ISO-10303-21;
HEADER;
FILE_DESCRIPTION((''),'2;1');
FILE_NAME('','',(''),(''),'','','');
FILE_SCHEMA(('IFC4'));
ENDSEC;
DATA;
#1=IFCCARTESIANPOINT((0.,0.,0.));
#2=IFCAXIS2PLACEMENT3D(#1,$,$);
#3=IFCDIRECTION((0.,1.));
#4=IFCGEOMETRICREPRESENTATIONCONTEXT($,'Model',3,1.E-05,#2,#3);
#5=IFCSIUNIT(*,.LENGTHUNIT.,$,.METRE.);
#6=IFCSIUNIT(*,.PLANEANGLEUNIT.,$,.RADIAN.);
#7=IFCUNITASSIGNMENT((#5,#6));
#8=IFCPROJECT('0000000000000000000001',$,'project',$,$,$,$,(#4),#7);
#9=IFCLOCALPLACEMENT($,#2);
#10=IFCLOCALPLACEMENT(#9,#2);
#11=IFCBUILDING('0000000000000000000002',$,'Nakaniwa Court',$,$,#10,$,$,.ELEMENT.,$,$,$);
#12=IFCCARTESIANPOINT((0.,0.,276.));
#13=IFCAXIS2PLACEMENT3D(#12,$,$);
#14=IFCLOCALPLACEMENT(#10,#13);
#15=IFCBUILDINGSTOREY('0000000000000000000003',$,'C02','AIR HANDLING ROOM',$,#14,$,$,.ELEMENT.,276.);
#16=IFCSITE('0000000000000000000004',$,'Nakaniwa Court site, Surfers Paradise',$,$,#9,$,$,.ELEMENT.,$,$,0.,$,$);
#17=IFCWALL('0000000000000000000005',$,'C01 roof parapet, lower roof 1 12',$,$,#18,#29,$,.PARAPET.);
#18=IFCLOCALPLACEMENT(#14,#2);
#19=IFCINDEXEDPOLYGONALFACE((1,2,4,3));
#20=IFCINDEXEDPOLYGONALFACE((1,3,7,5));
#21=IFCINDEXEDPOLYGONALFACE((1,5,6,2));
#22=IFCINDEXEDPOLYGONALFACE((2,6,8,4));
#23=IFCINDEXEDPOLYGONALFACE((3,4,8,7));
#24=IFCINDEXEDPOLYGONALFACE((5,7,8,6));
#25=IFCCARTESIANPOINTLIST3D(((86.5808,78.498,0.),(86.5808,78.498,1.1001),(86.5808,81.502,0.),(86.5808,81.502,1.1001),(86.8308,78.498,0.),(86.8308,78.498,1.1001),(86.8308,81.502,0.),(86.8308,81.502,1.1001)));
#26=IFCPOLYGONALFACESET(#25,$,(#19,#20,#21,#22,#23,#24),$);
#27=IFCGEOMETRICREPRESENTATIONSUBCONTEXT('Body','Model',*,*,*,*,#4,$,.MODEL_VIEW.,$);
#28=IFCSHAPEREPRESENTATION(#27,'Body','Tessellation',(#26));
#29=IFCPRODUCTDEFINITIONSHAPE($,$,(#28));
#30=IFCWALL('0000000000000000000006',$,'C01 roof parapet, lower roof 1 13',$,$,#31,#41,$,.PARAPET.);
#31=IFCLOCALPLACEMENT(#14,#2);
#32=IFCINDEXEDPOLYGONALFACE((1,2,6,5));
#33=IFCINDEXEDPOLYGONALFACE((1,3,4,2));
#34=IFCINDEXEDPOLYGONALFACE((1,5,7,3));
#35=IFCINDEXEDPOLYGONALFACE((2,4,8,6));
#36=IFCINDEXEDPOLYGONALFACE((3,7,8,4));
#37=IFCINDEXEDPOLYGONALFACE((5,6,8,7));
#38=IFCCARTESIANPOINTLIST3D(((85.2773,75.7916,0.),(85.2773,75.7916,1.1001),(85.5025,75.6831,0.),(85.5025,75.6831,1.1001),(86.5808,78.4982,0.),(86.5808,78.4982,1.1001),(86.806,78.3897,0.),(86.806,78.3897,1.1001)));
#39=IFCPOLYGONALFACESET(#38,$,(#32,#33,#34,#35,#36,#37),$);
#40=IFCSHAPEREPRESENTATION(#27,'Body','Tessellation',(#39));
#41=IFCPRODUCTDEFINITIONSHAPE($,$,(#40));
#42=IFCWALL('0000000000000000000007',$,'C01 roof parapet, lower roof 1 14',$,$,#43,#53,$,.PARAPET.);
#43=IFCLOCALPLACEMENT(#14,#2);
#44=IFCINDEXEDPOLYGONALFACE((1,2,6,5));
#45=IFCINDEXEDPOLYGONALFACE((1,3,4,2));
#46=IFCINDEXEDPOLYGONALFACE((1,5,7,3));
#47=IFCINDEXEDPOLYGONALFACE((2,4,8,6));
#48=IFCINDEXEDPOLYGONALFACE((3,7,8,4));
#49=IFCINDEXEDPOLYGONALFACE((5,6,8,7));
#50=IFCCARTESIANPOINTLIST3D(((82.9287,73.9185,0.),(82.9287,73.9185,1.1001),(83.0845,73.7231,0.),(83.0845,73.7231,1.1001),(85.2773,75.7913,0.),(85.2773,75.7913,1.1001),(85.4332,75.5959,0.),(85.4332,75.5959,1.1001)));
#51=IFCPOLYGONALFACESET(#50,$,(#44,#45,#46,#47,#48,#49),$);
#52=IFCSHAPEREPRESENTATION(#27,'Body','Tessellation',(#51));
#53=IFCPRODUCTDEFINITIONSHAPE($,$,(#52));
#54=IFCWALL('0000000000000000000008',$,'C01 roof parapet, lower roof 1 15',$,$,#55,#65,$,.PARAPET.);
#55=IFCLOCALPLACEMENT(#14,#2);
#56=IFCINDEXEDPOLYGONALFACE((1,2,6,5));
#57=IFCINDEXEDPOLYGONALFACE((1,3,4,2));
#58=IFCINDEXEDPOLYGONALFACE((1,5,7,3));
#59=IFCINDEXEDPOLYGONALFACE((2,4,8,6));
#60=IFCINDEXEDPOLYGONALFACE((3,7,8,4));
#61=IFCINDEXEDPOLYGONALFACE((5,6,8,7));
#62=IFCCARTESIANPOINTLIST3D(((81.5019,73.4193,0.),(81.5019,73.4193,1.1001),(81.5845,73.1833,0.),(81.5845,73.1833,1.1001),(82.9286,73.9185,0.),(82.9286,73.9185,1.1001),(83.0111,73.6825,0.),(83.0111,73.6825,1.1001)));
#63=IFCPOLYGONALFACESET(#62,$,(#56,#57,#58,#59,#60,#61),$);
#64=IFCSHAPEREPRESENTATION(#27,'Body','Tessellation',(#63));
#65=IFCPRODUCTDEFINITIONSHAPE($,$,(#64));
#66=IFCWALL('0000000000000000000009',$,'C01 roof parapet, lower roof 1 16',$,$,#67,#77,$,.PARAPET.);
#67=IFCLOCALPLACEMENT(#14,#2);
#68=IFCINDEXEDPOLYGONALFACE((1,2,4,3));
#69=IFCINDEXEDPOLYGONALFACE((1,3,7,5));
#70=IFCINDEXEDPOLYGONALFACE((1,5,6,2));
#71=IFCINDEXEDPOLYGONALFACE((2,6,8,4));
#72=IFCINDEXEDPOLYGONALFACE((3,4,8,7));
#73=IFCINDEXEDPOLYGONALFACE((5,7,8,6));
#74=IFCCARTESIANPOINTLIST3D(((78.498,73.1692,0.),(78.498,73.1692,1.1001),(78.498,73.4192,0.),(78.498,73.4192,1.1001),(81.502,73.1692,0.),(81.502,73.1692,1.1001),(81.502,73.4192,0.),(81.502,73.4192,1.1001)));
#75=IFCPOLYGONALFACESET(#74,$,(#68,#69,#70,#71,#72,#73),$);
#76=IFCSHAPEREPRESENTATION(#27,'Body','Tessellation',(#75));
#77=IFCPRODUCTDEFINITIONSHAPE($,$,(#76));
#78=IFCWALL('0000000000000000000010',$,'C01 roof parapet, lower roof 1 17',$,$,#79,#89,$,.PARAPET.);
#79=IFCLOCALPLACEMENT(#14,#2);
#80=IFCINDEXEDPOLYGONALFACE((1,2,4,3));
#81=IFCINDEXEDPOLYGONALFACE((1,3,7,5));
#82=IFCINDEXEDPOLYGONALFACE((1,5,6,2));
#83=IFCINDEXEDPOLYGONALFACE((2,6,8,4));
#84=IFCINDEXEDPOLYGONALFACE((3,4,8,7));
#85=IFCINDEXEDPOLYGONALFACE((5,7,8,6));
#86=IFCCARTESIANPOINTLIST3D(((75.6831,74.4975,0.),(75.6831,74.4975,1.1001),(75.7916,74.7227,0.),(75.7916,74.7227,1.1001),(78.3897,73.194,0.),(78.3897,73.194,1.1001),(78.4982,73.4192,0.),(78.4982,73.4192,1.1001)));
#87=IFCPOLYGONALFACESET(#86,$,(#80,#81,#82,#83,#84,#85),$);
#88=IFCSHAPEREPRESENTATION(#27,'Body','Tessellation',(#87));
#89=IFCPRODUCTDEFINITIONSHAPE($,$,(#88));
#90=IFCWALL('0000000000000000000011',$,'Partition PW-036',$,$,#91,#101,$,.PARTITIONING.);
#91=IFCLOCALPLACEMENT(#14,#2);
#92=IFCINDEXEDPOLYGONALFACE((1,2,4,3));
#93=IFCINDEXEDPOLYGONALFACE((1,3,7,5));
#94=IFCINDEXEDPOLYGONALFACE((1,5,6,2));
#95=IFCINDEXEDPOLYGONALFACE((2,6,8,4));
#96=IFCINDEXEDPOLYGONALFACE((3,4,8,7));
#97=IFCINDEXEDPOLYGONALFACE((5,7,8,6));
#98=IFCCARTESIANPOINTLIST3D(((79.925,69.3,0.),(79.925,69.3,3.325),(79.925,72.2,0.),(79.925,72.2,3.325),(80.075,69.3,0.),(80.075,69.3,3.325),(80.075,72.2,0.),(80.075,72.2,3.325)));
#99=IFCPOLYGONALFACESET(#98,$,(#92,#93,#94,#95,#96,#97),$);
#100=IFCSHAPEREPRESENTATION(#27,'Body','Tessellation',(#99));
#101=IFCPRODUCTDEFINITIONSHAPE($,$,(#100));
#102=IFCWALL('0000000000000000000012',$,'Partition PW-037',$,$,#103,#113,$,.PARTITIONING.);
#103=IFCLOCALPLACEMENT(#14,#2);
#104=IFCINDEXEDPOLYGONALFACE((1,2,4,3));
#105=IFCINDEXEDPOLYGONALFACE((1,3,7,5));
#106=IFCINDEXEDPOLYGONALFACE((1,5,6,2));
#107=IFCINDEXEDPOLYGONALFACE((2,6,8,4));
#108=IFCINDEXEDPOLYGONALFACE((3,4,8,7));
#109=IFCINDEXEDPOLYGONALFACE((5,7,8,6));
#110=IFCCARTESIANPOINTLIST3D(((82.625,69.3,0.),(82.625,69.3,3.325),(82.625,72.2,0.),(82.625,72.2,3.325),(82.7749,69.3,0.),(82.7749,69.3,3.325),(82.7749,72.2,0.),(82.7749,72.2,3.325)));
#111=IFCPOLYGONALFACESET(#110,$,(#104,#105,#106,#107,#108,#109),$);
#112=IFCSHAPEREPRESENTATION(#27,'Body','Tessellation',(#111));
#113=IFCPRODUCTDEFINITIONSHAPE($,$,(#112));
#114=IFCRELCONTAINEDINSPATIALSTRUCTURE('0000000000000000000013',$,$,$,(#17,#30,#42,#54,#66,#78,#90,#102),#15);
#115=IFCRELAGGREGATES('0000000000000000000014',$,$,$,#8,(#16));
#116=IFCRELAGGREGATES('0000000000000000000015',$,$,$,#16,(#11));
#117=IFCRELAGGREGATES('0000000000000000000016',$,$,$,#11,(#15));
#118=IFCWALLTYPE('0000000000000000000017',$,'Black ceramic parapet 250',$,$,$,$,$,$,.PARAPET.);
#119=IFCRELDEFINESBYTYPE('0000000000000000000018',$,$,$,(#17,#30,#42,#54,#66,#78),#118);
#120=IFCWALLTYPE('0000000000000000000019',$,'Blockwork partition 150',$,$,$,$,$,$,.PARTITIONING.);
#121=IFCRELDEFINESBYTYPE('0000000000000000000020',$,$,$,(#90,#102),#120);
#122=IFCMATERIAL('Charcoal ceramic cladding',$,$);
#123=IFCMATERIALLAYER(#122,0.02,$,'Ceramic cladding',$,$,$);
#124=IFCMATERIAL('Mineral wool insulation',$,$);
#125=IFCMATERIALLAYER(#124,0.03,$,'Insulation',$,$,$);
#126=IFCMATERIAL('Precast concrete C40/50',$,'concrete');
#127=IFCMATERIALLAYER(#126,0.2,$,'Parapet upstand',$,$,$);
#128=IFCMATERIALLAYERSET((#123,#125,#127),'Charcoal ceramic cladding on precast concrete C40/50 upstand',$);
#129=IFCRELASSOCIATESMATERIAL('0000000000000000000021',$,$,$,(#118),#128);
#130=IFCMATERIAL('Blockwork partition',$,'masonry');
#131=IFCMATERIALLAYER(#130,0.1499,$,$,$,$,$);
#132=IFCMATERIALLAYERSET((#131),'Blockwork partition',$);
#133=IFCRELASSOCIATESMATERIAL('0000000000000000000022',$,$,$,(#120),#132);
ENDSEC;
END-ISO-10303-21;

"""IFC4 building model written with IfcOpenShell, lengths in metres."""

from ifc_helpers import new_model, si_unit, direction, frame, frame_2d, origin, place, context, subcontext, project, spatial, rectangle, extrude, material, layer, layer_set, type_object, element, save


model = new_model("IFC4")

# Units and contexts
model_context = context("Model", 3, precision=1e-05, world=origin(), true_north=direction((0.0, 1.0)))
body_context = subcontext(model_context, "Body", "Model", "MODEL_VIEW")
ifc_project = project(units=[si_unit("LENGTHUNIT", "METRE"), si_unit("PLANEANGLEUNIT", "RADIAN")], contexts=[model_context])

# Site, building, storey
site_placement = place(None, origin())
site = spatial("IfcSite", under=ifc_project, at=site_placement, Name="Nakaniwa Court site, Surfers Paradise", CompositionType="ELEMENT", RefElevation=0.0)
building_placement = place(site_placement, origin())
building = spatial("IfcBuilding", under=site, at=building_placement, Name="Nakaniwa Court", CompositionType="ELEMENT")
storey_placement = place(building_placement, frame((0.0, 0.0, 276.0)))
storey = spatial("IfcBuildingStorey", under=building, at=storey_placement, Name="C02", Description="AIR HANDLING ROOM", CompositionType="ELEMENT", Elevation=276.0)

# Walls
ifc_material_1 = material(Name="Charcoal ceramic cladding")
ifc_layer_1 = layer(ifc_material_1, 0.02, Name="Ceramic cladding")
ifc_material_2 = material(Name="Mineral wool insulation")
ifc_layer_2 = layer(ifc_material_2, 0.03, Name="Insulation")
ifc_material_3 = material(Name="Precast concrete C40/50", Category="concrete")
ifc_layer_3 = layer(ifc_material_3, 0.2, Name="Parapet upstand")
ifc_layer_set_1 = layer_set([ifc_layer_1, ifc_layer_2, ifc_layer_3], Name="Charcoal ceramic cladding on precast concrete C40/50 upstand")
wall_type_1 = type_object("IfcWallType", Name="Black ceramic parapet 250", PredefinedType="PARAPET", material=ifc_layer_set_1)
wall_1_placement = place(storey_placement, frame((86.7058, 81.502, 0.0), z_axis=(0.0, 0.0, 1.0), x_axis=(0.0, -1.0, 0.0)))
element("IfcWall", 1, at=wall_1_placement, inside=storey, type_object=wall_type_1, Name="C01 roof parapet, lower roof 1 12", PredefinedType="PARAPET", context=body_context, shape_type="SweptSolid", body=[
    extrude(rectangle(XDim=3.0039, YDim=0.25, at=frame_2d((1.502, 0.0))), origin(), (0.0, 0.0, 1.0), 1.1001),
])
wall_2_placement = place(storey_placement, frame((86.6934, 78.4438, 0.0), z_axis=(0.0, 0.0, 1.0), x_axis=(-0.433901, -0.90096, 0.0)))
element("IfcWall", 2, at=wall_2_placement, inside=storey, type_object=wall_type_1, Name="C01 roof parapet, lower roof 1 13", PredefinedType="PARAPET", context=body_context, shape_type="SweptSolid", body=[
    extrude(rectangle(XDim=3.0042, YDim=0.25, at=frame_2d((1.502, 0.0))), origin(), (0.0, 0.0, 1.0), 1.1001),
])
wall_3_placement = place(storey_placement, frame((85.3552, 75.6936, 0.0), z_axis=(0.0, 0.0, 1.0), x_axis=(-0.781859, -0.623455, 0.0)))
element("IfcWall", 3, at=wall_3_placement, inside=storey, type_object=wall_type_1, Name="C01 roof parapet, lower roof 1 14", PredefinedType="PARAPET", context=body_context, shape_type="SweptSolid", body=[
    extrude(rectangle(XDim=3.0039, YDim=0.25, at=frame_2d((1.502, 0.0))), origin(), (0.0, 0.0, 1.0), 1.1001),
])
wall_4_placement = place(storey_placement, frame((82.97, 73.8005, 0.0), z_axis=(0.0, 0.0, 1.0), x_axis=(-0.943878, -0.330293, 0.0)))
element("IfcWall", 4, at=wall_4_placement, inside=storey, type_object=wall_type_1, Name="C01 roof parapet, lower roof 1 15", PredefinedType="PARAPET", context=body_context, shape_type="SweptSolid", body=[
    extrude(rectangle(XDim=1.5115, YDim=0.25, at=frame_2d((0.7559, 0.0))), origin(), (0.0, 0.0, 1.0), 1.1001),
])
wall_5_placement = place(storey_placement, frame((81.502, 73.2942, 0.0), z_axis=(0.0, 0.0, 1.0), x_axis=(-1.0, 0.0, 0.0)))
element("IfcWall", 5, at=wall_5_placement, inside=storey, type_object=wall_type_1, Name="C01 roof parapet, lower roof 1 16", PredefinedType="PARAPET", context=body_context, shape_type="SweptSolid", body=[
    extrude(rectangle(XDim=3.0039, YDim=0.25, at=frame_2d((1.502, 0.0))), origin(), (0.0, 0.0, 1.0), 1.1001),
])
wall_6_placement = place(storey_placement, frame((78.4438, 73.3066, 0.0), z_axis=(0.0, 0.0, 1.0), x_axis=(-0.90096, 0.433901, 0.0)))
element("IfcWall", 6, at=wall_6_placement, inside=storey, type_object=wall_type_1, Name="C01 roof parapet, lower roof 1 17", PredefinedType="PARAPET", context=body_context, shape_type="SweptSolid", body=[
    extrude(rectangle(XDim=3.0042, YDim=0.25, at=frame_2d((1.502, 0.0))), origin(), (0.0, 0.0, 1.0), 1.1001),
])
ifc_material_4 = material(Name="Blockwork partition", Category="masonry")
ifc_layer_4 = layer(ifc_material_4, 0.1499)
ifc_layer_set_2 = layer_set([ifc_layer_4], Name="Blockwork partition")
wall_type_2 = type_object("IfcWallType", Name="Blockwork partition 150", PredefinedType="PARTITIONING", material=ifc_layer_set_2)
for number, where, z_axis, x_axis, name in (
    (7, (80.0, 69.3, 0.0), (0.0, 0.0, 1.0), (0.0, 1.0, 0.0), "Partition PW-036"),
    (8, (82.7, 69.3, 0.0), (0.0, 0.0, 1.0), (0.0, 1.0, 0.0), "Partition PW-037"),
):
    element("IfcWall", number, at=place(storey_placement, frame(where, z_axis=z_axis, x_axis=x_axis)), inside=storey, type_object=wall_type_2, Name=name, PredefinedType="PARTITIONING", context=body_context, shape_type="SweptSolid", body=[
        extrude(rectangle(XDim=2.8999, YDim=0.1499, at=frame_2d((1.45, 0.0))), origin(), (0.0, 0.0, 1.0), 3.325),
    ])

save(model, "model.ifc")
